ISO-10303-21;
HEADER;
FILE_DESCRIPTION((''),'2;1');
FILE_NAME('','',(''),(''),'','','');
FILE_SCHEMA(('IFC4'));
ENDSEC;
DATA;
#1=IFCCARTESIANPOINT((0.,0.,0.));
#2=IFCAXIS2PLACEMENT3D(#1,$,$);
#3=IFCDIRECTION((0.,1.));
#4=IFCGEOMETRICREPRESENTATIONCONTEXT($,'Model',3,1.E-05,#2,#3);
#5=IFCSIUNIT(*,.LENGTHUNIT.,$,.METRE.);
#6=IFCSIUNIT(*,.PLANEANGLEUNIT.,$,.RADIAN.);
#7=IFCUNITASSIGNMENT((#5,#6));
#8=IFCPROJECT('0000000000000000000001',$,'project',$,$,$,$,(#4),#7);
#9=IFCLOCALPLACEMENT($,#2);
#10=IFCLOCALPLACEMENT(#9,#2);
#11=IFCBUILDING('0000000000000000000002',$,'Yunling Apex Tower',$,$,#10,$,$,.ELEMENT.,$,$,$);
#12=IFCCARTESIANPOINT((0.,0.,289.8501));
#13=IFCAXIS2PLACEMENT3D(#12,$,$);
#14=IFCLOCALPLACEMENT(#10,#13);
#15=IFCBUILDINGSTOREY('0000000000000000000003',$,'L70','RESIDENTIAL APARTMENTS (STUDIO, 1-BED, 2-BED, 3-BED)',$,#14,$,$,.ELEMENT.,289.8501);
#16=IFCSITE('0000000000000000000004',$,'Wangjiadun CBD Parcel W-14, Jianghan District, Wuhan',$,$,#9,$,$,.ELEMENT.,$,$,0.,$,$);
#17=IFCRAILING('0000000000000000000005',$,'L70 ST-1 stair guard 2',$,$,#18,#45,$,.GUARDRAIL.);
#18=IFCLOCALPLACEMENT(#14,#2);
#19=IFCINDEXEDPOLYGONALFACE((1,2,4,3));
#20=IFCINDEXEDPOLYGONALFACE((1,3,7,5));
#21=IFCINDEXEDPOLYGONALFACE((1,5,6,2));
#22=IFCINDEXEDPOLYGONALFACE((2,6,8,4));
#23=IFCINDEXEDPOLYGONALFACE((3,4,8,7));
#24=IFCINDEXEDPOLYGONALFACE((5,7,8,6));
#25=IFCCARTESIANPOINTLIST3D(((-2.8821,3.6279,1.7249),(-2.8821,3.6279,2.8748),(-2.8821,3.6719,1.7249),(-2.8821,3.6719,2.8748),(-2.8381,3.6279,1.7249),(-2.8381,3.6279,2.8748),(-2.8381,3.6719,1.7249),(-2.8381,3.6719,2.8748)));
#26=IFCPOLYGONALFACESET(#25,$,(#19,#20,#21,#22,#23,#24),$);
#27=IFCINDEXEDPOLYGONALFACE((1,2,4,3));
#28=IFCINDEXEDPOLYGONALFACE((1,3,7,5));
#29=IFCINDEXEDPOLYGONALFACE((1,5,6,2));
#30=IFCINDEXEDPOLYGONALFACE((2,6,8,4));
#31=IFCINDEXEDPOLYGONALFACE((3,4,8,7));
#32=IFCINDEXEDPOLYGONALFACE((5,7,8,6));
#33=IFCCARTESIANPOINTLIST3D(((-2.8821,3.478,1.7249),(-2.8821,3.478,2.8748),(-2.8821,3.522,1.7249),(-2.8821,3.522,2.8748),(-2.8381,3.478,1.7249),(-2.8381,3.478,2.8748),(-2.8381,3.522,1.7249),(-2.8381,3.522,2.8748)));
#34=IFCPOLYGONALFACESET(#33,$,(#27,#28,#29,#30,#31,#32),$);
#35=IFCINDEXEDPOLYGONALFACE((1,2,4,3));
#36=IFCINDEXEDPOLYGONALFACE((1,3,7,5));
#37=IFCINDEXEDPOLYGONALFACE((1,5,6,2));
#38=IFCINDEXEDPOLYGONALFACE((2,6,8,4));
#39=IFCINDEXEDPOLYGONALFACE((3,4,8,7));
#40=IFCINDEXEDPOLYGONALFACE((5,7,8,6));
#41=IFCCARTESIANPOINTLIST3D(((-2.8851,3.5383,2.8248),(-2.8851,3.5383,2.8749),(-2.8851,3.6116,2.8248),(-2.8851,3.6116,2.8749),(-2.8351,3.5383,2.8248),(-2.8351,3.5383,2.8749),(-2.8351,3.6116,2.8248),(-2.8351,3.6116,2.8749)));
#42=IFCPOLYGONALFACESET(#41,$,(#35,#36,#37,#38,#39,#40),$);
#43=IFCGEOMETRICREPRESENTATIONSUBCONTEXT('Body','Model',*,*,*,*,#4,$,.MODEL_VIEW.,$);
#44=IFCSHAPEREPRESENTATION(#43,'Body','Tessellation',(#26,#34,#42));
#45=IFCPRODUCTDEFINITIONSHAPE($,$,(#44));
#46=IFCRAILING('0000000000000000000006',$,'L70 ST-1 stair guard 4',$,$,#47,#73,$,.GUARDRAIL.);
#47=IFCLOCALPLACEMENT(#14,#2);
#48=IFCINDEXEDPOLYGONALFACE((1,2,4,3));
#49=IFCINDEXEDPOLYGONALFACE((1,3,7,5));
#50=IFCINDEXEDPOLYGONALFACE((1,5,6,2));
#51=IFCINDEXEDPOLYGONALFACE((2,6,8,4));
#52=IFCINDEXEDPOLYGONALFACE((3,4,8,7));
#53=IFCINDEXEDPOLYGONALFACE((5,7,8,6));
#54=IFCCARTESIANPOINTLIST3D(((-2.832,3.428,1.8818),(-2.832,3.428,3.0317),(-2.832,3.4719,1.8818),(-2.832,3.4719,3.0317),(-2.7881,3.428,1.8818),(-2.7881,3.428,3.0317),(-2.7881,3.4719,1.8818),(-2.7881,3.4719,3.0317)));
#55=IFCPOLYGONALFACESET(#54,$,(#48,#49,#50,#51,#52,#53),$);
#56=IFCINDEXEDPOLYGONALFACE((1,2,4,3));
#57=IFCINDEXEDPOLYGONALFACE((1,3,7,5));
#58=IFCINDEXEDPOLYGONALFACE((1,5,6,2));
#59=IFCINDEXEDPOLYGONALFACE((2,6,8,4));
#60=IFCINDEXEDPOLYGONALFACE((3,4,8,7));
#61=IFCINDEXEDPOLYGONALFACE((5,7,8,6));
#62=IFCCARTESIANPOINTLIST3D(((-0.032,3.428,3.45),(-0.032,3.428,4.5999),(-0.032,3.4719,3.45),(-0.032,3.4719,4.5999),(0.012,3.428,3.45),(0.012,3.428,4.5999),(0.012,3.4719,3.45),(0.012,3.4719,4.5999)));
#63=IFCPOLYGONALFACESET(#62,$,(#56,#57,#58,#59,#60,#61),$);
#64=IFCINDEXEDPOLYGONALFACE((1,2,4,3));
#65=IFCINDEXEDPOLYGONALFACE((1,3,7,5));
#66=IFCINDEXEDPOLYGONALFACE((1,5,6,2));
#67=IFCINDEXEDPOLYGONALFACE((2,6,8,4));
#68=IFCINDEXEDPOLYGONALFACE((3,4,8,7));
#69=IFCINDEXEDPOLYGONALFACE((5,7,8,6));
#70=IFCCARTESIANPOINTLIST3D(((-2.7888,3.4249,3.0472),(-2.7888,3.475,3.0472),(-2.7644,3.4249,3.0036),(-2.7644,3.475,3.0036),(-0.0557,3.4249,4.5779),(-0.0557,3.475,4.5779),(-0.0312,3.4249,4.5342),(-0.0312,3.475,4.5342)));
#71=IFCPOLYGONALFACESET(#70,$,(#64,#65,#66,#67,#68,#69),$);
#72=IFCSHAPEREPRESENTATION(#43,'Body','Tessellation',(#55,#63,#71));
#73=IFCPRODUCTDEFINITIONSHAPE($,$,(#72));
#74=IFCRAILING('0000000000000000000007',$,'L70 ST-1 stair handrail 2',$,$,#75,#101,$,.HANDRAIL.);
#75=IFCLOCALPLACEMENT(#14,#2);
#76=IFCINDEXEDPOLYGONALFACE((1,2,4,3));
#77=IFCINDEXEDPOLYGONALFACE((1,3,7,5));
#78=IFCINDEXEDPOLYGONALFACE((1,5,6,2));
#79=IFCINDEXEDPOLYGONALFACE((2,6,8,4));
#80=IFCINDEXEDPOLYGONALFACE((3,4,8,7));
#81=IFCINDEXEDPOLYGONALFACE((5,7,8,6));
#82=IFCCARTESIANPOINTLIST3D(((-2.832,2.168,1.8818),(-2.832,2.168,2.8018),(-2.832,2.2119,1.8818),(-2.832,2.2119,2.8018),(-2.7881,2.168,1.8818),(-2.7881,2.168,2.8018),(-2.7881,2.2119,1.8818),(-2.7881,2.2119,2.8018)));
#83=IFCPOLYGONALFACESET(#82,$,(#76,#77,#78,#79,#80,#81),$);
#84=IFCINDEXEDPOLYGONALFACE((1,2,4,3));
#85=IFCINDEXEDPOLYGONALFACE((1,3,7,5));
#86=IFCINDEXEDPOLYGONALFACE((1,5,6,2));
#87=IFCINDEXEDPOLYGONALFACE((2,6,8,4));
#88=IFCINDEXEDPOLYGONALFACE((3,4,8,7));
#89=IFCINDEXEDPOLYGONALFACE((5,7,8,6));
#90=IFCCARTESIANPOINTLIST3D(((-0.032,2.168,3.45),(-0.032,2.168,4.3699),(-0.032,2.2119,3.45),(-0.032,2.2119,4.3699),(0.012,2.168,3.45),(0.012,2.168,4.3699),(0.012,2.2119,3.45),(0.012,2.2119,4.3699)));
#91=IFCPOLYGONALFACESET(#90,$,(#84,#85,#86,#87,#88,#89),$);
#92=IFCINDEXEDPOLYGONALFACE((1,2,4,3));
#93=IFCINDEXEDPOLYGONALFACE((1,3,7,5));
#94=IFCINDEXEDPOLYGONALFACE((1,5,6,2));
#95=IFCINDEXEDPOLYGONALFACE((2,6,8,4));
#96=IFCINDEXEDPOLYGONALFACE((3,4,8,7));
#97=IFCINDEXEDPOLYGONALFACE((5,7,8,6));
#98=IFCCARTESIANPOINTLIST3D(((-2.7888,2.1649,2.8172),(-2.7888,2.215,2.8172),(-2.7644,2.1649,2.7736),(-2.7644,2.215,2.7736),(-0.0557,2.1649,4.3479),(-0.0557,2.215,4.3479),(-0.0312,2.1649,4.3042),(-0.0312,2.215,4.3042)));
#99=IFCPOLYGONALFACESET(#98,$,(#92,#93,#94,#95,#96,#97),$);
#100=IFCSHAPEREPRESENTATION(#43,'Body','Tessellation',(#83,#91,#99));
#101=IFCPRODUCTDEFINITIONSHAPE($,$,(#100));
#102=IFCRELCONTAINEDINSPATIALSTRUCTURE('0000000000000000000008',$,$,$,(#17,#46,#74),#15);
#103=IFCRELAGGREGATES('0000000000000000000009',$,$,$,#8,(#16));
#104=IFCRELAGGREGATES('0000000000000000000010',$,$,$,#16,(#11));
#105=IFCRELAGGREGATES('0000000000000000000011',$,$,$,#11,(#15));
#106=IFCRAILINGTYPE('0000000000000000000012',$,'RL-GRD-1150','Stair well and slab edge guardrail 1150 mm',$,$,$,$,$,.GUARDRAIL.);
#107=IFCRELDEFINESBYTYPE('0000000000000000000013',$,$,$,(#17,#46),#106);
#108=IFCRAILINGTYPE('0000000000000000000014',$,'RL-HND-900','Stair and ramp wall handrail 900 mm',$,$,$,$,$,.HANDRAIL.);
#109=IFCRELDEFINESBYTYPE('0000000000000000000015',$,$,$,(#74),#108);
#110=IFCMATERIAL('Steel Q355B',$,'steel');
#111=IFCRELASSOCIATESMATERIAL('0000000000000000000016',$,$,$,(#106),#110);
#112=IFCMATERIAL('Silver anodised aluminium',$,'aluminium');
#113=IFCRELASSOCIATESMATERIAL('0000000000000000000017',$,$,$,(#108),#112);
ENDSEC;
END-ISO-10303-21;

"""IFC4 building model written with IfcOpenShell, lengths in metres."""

from ifc_helpers import new_model, si_unit, direction, frame, origin, origin_2d, place, context, subcontext, project, spatial, rectangle, extrude, material, type_object, element, save


model = new_model("IFC4")

# Units and contexts
model_context = context("Model", 3, precision=1e-05, world=origin(), true_north=direction((0.0, 1.0)))
body_context = subcontext(model_context, "Body", "Model", "MODEL_VIEW")
ifc_project = project(units=[si_unit("LENGTHUNIT", "METRE"), si_unit("PLANEANGLEUNIT", "RADIAN")], contexts=[model_context])

# Site, building, storey
site_placement = place(None, origin())
site = spatial("IfcSite", under=ifc_project, at=site_placement, Name="Wangjiadun CBD Parcel W-14, Jianghan District, Wuhan", CompositionType="ELEMENT", RefElevation=0.0)
building_placement = place(site_placement, origin())
building = spatial("IfcBuilding", under=site, at=building_placement, Name="Yunling Apex Tower", CompositionType="ELEMENT")
storey_placement = place(building_placement, frame((0.0, 0.0, 289.8501)))
storey = spatial("IfcBuildingStorey", under=building, at=storey_placement, Name="L70", Description="RESIDENTIAL APARTMENTS (STUDIO, 1-BED, 2-BED, 3-BED)", CompositionType="ELEMENT", Elevation=289.8501)

# Shared definitions
ifc_material_1 = material(Name="Steel Q355B", Category="steel")

# Shared definitions
ifc_material_2 = material(Name="Silver anodised aluminium", Category="aluminium")

# Railings
railing_type_1 = type_object("IfcRailingType", Name="RL-GRD-1150", Description="Stair well and slab edge guardrail 1150 mm", PredefinedType="GUARDRAIL", material=ifc_material_1)
railing_1_placement = place(storey_placement, frame((-2.8601, 3.6499, 1.7249)))
element("IfcRailing", 1, at=railing_1_placement, inside=storey, type_object=railing_type_1, Name="L70 ST-1 stair guard 2", PredefinedType="GUARDRAIL", context=body_context, shape_type="SweptSolid", body=[
    extrude(rectangle(XDim=0.0439, YDim=0.0439, at=origin_2d()), origin(), (0.0, 0.0, 1.0), 1.1499),
    extrude(rectangle(XDim=0.0439, YDim=0.0439, at=origin_2d()), frame((0.0, -0.1499, 0.0)), (0.0, 0.0, 1.0), 1.1499),
    extrude(rectangle(XDim=0.05, YDim=0.05, at=origin_2d()), frame((0.0, -0.0383, 1.125), z_axis=(0.0, -1.0, 0.0), x_axis=(1.0, 0.0, 0.0)), (0.0, 0.0, 1.0), 0.0732),
])
railing_2_placement = place(storey_placement, frame((-2.8101, 3.45, 1.8818)))
element("IfcRailing", 2, at=railing_2_placement, inside=storey, type_object=railing_type_1, Name="L70 ST-1 stair guard 4", PredefinedType="GUARDRAIL", context=body_context, shape_type="SweptSolid", body=[
    extrude(rectangle(XDim=0.0439, YDim=0.0439, at=origin_2d()), origin(), (0.0, 0.0, 1.0), 1.1499),
    extrude(rectangle(XDim=0.0439, YDim=0.0439, at=origin_2d()), frame((2.8, 0.0, 1.5681)), (0.0, 0.0, 1.0), 1.1499),
    extrude(rectangle(XDim=0.05, YDim=0.05, at=origin_2d()), frame((0.0334, 0.0, 1.1436), z_axis=(0.872494, 0.0, 0.488624), x_axis=(0.0, 1.0, 0.0)), (0.0, 0.0, 1.0), 3.1326),
])
railing_type_2 = type_object("IfcRailingType", Name="RL-HND-900", Description="Stair and ramp wall handrail 900 mm", PredefinedType="HANDRAIL", material=ifc_material_2)
railing_3_placement = place(storey_placement, frame((-2.8101, 2.1899, 1.8818)))
element("IfcRailing", 3, at=railing_3_placement, inside=storey, type_object=railing_type_2, Name="L70 ST-1 stair handrail 2", PredefinedType="HANDRAIL", context=body_context, shape_type="SweptSolid", body=[
    extrude(rectangle(XDim=0.0439, YDim=0.0439, at=origin_2d()), origin(), (0.0, 0.0, 1.0), 0.9199),
    extrude(rectangle(XDim=0.0439, YDim=0.0439, at=origin_2d()), frame((2.8, 0.0, 1.5681)), (0.0, 0.0, 1.0), 0.9199),
    extrude(rectangle(XDim=0.05, YDim=0.05, at=origin_2d()), frame((0.0334, 0.0, 0.9136), z_axis=(0.872494, 0.0, 0.488624), x_axis=(0.0, 1.0, 0.0)), (0.0, 0.0, 1.0), 3.1326),
])

save(model, "model.ifc")
